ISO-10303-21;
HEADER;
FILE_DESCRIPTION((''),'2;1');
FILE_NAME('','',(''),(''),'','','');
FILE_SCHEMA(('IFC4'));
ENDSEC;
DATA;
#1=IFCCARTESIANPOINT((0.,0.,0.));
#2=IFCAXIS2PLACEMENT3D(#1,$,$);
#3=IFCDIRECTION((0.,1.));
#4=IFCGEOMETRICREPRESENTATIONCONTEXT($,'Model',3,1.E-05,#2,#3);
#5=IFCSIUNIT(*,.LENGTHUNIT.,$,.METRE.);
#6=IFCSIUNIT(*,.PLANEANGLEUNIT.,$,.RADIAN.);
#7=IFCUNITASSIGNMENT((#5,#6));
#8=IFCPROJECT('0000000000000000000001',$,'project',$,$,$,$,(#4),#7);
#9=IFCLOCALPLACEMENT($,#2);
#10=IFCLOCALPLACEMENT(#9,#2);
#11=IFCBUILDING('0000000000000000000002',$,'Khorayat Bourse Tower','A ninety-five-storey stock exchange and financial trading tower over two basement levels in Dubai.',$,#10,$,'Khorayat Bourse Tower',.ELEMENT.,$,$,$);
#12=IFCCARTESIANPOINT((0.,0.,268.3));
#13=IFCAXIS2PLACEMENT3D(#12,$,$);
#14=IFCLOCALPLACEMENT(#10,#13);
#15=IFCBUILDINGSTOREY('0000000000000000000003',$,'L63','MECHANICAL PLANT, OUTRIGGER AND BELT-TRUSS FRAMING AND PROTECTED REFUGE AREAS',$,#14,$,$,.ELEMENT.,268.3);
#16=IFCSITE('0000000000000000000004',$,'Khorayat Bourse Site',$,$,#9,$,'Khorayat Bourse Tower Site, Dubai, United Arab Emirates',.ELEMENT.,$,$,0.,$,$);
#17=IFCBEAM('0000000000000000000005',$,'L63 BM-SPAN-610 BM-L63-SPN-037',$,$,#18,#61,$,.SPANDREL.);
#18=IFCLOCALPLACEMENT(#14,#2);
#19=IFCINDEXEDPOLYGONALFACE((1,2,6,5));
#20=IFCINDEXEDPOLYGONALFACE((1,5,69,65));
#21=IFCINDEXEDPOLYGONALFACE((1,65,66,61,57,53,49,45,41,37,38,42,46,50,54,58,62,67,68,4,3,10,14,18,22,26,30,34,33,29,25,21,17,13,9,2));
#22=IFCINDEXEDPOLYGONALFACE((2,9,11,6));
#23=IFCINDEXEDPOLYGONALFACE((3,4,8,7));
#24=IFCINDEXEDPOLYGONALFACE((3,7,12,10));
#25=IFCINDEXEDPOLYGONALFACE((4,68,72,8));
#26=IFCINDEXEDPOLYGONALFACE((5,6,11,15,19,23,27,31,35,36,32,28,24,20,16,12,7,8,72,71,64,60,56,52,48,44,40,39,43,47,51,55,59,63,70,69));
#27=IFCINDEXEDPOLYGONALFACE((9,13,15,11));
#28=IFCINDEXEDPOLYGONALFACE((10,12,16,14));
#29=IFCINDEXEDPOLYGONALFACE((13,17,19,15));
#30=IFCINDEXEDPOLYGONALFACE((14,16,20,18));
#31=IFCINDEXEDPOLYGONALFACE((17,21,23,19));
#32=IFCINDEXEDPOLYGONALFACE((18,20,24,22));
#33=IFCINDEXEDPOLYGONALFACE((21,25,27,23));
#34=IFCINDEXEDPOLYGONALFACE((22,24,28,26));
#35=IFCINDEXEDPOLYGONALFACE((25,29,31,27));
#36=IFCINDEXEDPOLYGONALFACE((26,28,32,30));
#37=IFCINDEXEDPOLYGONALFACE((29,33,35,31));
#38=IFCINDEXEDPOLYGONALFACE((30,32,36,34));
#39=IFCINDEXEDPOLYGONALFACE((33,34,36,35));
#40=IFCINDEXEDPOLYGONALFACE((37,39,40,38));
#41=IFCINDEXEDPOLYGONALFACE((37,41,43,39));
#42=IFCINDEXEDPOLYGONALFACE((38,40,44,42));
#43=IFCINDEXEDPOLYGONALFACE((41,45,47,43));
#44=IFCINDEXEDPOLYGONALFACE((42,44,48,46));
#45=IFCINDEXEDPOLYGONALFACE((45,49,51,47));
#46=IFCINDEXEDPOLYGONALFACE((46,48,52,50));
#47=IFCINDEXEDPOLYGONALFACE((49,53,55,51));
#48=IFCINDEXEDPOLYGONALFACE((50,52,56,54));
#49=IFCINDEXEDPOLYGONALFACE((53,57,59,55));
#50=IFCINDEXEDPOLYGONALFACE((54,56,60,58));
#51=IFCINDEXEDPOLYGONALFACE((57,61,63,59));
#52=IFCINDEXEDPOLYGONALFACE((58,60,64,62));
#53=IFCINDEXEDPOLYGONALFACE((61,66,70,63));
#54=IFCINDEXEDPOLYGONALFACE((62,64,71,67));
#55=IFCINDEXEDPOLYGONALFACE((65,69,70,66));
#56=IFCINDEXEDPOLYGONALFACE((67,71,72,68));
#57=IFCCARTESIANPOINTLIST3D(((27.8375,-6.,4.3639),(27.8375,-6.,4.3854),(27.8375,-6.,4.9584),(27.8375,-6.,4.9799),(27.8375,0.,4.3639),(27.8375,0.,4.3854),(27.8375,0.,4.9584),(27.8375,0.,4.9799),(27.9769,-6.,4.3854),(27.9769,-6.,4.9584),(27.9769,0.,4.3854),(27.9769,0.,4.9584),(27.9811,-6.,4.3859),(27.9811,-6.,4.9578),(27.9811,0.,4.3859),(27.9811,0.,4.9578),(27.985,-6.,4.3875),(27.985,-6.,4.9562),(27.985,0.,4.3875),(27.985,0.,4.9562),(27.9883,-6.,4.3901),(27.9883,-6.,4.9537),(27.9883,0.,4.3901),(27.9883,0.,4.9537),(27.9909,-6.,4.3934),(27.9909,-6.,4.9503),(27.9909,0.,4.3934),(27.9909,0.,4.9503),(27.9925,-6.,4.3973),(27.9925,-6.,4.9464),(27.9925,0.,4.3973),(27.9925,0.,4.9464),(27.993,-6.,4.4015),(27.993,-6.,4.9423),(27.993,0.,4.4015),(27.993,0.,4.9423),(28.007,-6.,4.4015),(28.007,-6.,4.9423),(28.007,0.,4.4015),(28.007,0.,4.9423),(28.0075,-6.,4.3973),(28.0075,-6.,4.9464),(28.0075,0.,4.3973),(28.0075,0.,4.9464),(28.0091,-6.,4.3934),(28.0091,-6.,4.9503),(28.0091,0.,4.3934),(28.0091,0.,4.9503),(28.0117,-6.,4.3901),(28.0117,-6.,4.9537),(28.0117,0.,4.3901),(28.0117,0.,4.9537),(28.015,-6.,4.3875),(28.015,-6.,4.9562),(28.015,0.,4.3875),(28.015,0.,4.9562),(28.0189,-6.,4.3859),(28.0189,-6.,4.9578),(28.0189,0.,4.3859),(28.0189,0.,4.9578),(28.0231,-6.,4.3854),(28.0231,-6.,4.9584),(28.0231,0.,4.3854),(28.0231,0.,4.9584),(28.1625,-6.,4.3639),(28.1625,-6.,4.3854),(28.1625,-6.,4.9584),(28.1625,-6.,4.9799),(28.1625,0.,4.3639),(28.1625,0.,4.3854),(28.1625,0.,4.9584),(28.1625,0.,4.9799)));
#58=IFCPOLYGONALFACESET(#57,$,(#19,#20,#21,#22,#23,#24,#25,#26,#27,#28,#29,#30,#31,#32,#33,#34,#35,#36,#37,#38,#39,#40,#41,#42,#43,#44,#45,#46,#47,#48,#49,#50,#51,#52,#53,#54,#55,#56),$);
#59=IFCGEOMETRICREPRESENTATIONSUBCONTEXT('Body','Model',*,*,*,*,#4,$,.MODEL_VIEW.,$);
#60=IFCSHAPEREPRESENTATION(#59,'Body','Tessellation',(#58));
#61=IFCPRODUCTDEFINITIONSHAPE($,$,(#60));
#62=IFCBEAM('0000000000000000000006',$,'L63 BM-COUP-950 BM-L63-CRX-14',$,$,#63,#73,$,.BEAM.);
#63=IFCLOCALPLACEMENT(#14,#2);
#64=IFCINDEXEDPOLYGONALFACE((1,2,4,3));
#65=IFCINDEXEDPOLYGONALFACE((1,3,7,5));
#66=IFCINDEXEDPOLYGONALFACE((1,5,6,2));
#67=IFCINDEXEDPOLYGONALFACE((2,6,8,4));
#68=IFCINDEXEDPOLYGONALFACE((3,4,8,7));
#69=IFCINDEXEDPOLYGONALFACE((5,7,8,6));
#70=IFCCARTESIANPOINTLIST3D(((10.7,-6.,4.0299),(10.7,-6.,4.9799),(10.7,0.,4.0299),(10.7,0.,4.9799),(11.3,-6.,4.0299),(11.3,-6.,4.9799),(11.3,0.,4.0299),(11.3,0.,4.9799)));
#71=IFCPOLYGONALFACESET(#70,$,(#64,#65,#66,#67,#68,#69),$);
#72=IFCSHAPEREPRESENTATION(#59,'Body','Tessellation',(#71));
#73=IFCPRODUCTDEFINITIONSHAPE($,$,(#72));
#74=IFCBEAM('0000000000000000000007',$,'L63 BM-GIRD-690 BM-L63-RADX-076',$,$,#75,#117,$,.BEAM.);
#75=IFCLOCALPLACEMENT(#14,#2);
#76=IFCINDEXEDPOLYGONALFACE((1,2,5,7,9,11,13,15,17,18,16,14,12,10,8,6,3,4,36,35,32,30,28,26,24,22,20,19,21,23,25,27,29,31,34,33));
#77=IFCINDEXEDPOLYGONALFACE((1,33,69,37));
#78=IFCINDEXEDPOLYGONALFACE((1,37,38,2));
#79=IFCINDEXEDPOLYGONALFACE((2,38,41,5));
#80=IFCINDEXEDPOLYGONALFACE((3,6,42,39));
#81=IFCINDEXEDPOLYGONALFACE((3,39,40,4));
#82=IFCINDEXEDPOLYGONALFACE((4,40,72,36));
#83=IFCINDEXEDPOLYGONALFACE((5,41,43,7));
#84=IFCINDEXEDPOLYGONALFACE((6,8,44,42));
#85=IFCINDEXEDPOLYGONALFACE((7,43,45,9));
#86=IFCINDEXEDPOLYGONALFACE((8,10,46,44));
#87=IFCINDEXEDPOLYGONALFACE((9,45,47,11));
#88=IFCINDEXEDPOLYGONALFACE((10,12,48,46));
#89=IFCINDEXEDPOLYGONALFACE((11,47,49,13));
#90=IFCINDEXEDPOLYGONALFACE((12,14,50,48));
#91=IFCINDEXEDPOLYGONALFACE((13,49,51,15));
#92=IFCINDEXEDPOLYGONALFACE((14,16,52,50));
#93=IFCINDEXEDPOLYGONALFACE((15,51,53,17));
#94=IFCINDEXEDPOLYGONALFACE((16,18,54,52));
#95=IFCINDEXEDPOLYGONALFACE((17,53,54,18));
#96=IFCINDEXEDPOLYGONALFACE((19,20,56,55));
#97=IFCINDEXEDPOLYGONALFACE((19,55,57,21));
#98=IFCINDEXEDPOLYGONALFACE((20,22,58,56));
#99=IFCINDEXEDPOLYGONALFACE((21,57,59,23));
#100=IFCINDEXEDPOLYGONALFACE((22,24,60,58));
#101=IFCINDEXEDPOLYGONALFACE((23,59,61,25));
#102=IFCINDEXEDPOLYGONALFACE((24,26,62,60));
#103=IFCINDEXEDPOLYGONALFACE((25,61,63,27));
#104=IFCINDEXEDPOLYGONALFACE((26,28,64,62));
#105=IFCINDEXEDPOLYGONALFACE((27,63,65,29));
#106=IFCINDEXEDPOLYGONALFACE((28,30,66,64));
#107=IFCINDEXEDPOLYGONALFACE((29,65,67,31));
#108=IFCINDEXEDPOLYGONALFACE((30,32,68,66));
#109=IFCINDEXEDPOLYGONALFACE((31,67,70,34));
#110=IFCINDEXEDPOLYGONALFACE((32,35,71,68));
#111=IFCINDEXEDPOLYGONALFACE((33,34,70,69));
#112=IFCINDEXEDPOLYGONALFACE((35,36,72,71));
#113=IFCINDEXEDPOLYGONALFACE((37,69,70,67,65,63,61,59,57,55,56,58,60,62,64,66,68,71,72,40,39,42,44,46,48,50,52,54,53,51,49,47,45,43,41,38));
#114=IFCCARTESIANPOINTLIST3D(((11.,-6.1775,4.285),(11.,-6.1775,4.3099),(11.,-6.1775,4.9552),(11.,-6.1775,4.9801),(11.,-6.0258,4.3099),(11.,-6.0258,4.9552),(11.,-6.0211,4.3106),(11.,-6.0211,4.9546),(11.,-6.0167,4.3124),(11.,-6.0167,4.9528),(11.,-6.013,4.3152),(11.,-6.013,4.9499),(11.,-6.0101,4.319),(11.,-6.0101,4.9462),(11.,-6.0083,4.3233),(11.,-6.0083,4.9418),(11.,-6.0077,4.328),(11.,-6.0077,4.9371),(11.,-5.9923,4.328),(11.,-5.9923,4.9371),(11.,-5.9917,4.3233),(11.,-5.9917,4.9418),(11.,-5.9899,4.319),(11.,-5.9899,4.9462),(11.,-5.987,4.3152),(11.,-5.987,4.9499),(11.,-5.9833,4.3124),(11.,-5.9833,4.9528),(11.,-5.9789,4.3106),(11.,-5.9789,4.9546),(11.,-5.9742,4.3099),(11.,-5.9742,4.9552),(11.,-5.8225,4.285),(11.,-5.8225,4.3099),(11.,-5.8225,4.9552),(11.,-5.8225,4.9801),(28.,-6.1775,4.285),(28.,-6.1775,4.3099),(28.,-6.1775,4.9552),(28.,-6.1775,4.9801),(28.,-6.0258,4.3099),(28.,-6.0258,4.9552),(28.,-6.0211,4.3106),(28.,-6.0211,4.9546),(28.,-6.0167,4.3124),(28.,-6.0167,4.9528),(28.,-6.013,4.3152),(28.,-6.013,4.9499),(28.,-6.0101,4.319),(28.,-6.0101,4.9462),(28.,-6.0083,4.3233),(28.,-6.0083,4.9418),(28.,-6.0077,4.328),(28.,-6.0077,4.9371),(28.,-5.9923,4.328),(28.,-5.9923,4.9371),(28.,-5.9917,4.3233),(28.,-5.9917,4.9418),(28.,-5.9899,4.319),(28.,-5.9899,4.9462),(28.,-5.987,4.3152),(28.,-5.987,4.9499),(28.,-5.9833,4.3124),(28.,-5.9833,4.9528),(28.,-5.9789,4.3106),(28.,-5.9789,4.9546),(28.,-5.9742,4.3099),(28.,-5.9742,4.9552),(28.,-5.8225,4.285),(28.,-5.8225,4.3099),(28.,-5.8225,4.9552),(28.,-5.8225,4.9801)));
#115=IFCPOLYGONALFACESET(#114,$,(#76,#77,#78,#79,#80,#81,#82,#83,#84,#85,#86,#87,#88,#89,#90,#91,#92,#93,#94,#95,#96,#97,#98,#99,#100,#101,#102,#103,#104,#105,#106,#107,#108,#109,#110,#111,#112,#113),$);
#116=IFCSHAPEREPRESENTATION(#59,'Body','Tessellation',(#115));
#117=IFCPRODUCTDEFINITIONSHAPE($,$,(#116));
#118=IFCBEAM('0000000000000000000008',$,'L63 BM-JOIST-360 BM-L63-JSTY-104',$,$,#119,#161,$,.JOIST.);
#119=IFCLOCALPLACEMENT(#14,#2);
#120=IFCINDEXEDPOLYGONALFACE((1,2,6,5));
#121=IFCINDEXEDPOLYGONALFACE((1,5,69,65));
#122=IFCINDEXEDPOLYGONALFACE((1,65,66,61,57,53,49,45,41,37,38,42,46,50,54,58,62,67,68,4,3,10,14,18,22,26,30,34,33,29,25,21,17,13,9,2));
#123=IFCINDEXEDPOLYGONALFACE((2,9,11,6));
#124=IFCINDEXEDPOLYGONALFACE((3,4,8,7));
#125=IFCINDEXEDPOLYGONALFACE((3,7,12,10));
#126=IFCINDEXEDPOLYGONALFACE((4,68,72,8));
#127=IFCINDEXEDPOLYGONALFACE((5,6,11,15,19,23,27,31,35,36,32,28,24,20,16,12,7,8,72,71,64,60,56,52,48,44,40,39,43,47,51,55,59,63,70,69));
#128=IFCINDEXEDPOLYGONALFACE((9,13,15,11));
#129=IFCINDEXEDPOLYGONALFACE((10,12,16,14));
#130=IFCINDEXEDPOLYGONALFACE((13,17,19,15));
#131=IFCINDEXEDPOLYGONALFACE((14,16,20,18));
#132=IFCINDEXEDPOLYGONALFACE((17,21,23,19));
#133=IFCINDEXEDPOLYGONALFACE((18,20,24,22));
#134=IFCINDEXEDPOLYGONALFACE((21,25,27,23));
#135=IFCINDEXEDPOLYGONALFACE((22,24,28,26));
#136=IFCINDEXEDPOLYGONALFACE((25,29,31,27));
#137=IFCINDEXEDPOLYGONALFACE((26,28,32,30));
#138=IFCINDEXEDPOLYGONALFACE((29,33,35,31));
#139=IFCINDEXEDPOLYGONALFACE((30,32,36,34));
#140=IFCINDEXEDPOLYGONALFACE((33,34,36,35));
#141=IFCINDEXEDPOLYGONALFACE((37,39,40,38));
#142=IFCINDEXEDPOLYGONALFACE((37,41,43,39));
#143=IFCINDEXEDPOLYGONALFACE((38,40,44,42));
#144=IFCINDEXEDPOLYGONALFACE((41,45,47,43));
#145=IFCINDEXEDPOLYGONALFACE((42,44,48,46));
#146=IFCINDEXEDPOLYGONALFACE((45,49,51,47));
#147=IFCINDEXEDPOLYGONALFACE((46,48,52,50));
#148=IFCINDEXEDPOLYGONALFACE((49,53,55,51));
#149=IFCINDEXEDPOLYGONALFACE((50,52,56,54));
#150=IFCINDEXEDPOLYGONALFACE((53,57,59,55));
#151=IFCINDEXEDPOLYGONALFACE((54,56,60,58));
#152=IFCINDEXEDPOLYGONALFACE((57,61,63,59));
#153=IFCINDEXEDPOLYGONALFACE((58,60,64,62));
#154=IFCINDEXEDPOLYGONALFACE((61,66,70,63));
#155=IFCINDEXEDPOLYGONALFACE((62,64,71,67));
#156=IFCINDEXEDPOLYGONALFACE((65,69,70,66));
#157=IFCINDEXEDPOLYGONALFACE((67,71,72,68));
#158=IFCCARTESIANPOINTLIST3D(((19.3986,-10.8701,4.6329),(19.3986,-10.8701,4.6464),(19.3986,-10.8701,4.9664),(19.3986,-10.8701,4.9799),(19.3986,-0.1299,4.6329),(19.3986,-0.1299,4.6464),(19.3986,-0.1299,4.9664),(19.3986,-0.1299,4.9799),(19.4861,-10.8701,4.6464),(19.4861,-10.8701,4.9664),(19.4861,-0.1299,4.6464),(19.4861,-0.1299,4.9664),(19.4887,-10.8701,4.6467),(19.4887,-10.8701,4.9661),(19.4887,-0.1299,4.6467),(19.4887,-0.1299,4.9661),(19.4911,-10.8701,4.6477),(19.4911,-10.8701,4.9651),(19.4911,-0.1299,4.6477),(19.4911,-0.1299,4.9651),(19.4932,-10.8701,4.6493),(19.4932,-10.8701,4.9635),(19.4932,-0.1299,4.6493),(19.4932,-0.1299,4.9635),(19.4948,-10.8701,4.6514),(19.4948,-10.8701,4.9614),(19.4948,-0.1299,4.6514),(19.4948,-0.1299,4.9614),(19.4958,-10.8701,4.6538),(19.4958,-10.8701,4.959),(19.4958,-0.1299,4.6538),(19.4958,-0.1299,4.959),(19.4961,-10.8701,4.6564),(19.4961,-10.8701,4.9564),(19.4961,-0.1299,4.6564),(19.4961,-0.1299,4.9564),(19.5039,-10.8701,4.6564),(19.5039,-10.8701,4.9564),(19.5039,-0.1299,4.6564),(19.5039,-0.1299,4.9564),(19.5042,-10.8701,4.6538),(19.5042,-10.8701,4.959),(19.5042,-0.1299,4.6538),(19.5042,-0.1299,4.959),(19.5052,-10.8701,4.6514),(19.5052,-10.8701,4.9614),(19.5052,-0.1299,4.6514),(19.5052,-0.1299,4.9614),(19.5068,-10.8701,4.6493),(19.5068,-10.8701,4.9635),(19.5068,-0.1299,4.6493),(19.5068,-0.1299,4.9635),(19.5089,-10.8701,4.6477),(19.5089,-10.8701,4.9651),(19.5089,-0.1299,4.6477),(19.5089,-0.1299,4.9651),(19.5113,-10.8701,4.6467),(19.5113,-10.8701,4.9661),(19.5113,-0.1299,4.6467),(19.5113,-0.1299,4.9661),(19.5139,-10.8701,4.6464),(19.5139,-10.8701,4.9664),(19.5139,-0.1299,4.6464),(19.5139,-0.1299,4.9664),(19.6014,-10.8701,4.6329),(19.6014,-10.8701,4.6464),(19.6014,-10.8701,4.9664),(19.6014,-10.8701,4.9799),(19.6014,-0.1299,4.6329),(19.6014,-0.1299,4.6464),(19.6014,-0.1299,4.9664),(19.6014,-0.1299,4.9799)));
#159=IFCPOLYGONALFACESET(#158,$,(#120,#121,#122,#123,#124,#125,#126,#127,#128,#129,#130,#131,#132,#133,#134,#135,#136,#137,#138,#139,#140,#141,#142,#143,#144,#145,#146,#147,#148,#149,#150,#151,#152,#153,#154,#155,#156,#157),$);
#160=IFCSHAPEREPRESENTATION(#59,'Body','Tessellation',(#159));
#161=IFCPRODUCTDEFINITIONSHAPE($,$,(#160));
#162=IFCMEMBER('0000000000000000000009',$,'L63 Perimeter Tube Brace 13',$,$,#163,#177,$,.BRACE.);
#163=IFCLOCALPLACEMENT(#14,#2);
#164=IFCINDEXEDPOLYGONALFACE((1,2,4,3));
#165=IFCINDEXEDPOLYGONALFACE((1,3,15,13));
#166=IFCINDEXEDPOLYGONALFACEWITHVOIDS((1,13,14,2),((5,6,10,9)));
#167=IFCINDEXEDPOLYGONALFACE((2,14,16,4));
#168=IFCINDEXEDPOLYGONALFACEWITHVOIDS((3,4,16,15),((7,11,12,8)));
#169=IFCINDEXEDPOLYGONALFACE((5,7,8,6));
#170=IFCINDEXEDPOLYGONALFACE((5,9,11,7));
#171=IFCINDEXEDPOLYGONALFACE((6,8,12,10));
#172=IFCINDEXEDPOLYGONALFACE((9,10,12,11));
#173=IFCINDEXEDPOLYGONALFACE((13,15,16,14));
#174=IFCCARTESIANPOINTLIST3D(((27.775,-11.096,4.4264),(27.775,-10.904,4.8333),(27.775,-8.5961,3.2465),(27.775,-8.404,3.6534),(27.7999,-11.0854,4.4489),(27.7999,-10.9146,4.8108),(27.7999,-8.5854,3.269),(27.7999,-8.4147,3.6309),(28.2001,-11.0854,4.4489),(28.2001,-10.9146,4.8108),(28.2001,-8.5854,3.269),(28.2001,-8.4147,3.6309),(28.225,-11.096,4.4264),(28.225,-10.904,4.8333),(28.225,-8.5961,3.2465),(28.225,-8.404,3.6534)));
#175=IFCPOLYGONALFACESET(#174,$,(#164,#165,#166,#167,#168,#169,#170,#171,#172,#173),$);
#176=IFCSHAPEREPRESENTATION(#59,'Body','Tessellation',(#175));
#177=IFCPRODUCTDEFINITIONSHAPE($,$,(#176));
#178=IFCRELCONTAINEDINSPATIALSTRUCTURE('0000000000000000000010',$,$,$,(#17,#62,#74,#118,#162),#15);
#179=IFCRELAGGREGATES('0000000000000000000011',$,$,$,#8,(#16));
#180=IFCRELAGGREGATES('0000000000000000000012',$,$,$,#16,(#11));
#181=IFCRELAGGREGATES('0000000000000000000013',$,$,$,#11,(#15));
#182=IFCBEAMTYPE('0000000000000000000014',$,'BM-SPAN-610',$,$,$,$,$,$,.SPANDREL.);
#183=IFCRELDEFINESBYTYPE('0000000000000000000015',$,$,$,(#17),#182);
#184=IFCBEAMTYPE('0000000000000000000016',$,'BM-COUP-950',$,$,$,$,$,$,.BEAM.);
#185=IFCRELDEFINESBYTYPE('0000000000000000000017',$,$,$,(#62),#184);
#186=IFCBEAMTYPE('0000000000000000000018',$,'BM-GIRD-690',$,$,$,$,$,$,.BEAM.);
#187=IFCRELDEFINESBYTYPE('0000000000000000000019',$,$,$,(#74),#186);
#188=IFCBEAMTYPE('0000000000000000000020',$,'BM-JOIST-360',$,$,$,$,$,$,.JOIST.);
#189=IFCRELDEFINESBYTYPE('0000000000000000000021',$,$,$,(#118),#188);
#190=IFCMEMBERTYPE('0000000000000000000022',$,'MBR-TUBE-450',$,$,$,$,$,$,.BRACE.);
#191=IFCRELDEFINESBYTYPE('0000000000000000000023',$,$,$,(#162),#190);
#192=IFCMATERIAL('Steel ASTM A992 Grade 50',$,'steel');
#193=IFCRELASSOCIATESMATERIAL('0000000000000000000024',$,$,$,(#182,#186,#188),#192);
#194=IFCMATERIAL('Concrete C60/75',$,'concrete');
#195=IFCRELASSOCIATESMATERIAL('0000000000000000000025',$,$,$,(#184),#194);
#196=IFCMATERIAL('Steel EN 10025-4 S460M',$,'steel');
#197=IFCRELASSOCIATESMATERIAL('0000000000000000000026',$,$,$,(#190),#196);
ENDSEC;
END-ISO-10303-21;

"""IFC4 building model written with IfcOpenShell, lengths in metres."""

from ifc_helpers import new_model, si_unit, direction, frame, origin, origin_2d, place, context, subcontext, project, spatial, rectangle, hollow_rectangle, i_section, extrude, source, transform, mapped, material, material_profile, profile_set, type_object, element, save


model = new_model("IFC4")

# Units and contexts
model_context = context("Model", 3, precision=1e-05, world=origin(), true_north=direction((0.0, 1.0)))
body_context = subcontext(model_context, "Body", "Model", "MODEL_VIEW")
ifc_project = project(units=[si_unit("LENGTHUNIT", "METRE"), si_unit("PLANEANGLEUNIT", "RADIAN")], contexts=[model_context])

# Site, building, storey
site_placement = place(None, origin())
site = spatial("IfcSite", under=ifc_project, at=site_placement, Name="Khorayat Bourse Site", LongName="Khorayat Bourse Tower Site, Dubai, United Arab Emirates", CompositionType="ELEMENT", RefElevation=0.0)
building_placement = place(site_placement, origin())
building = spatial("IfcBuilding", under=site, at=building_placement, Name="Khorayat Bourse Tower", Description="A ninety-five-storey stock exchange and financial trading tower over two basement levels in Dubai.", LongName="Khorayat Bourse Tower", CompositionType="ELEMENT")
storey_placement = place(building_placement, frame((0.0, 0.0, 268.3)))
storey = spatial("IfcBuildingStorey", under=building, at=storey_placement, Name="L63", Description="MECHANICAL PLANT, OUTRIGGER AND BELT-TRUSS FRAMING AND PROTECTED REFUGE AREAS", CompositionType="ELEMENT", Elevation=268.3)

# Shared definitions
ifc_material_1 = material(Name="Steel EN 10025-4 S460M", Category="steel")

# Beams
ifc_material_2 = material(Name="Steel ASTM A992 Grade 50", Category="steel")
ifc_material_profile_1 = material_profile(ifc_material_2, i_section(OverallWidth=0.325, OverallDepth=0.616, WebThickness=0.0139, FlangeThickness=0.0215, FilletRadius=0.0161, at=origin_2d()), Name="W610X174")
ifc_profile_set_1 = profile_set([ifc_material_profile_1], Name="Steel ASTM A992 Grade 50")
beam_type_1 = type_object("IfcBeamType", Name="BM-SPAN-610", PredefinedType="SPANDREL", material=ifc_profile_set_1)
shared_shape_1 = source(origin(), body_context, "Body", "SweptSolid", [
    extrude(i_section(OverallWidth=0.325, OverallDepth=0.616, WebThickness=0.0139, FlangeThickness=0.0215, FilletRadius=0.0161, at=origin_2d()), origin(), (0.0, 0.0, 1.0), 6.0),
])
beam_1_placement = place(storey_placement, frame((28.0, -6.0, 4.6719), z_axis=(0.0, 1.0, 0.0), x_axis=(-1.0, 0.0, 0.0)))
element("IfcBeam", 1, at=beam_1_placement, inside=storey, type_object=beam_type_1, Name="L63 BM-SPAN-610 BM-L63-SPN-037", PredefinedType="SPANDREL", context=body_context, shape_type="MappedRepresentation", body=[
    mapped(shared_shape_1, transform((0.0, 0.0, 0.0), scale=1.0)),
])
ifc_material_3 = material(Name="Concrete C60/75", Category="concrete")
ifc_material_profile_2 = material_profile(ifc_material_3, rectangle(XDim=0.6001, YDim=0.95, at=origin_2d()), Name="RC 600x950")
ifc_profile_set_2 = profile_set([ifc_material_profile_2], Name="Concrete C60/75")
beam_type_2 = type_object("IfcBeamType", Name="BM-COUP-950", PredefinedType="BEAM", material=ifc_profile_set_2)
shared_shape_2 = source(origin(), body_context, "Body", "SweptSolid", [
    extrude(rectangle(XDim=0.6001, YDim=0.95, at=origin_2d()), origin(), (0.0, 0.0, 1.0), 6.0),
])
beam_2_placement = place(storey_placement, frame((11.0, -6.0, 4.5049), z_axis=(0.0, 1.0, 0.0), x_axis=(-1.0, 0.0, 0.0)))
element("IfcBeam", 2, at=beam_2_placement, inside=storey, type_object=beam_type_2, Name="L63 BM-COUP-950 BM-L63-CRX-14", PredefinedType="BEAM", context=body_context, shape_type="MappedRepresentation", body=[
    mapped(shared_shape_2, transform((0.0, 0.0, 0.0), scale=1.0)),
])
ifc_material_profile_3 = material_profile(ifc_material_2, i_section(OverallWidth=0.355, OverallDepth=0.6951, WebThickness=0.0154, FlangeThickness=0.0249, FilletRadius=0.0181, at=origin_2d()), Name="W690X217")
ifc_profile_set_3 = profile_set([ifc_material_profile_3], Name="Steel ASTM A992 Grade 50")
beam_type_3 = type_object("IfcBeamType", Name="BM-GIRD-690", PredefinedType="BEAM", material=ifc_profile_set_3)
shared_shape_3 = source(origin(), body_context, "Body", "SweptSolid", [
    extrude(i_section(OverallWidth=0.355, OverallDepth=0.6951, WebThickness=0.0154, FlangeThickness=0.0249, FilletRadius=0.0181, at=origin_2d()), origin(), (0.0, 0.0, 1.0), 17.0),
])
beam_3_placement = place(storey_placement, frame((11.0, -6.0, 4.6326), z_axis=(1.0, 0.0, 0.0), x_axis=(0.0, 1.0, 0.0)))
element("IfcBeam", 3, at=beam_3_placement, inside=storey, type_object=beam_type_3, Name="L63 BM-GIRD-690 BM-L63-RADX-076", PredefinedType="BEAM", context=body_context, shape_type="MappedRepresentation", body=[
    mapped(shared_shape_3, transform((0.0, 0.0, 0.0), scale=1.0)),
])
ifc_material_profile_4 = material_profile(ifc_material_2, i_section(OverallWidth=0.2029, OverallDepth=0.3469, WebThickness=0.0078, FlangeThickness=0.0134, FilletRadius=0.01, at=origin_2d()), Name="W360X64")
ifc_profile_set_4 = profile_set([ifc_material_profile_4], Name="Steel ASTM A992 Grade 50")
beam_type_4 = type_object("IfcBeamType", Name="BM-JOIST-360", PredefinedType="JOIST", material=ifc_profile_set_4)
shared_shape_4 = source(origin(), body_context, "Body", "SweptSolid", [
    extrude(i_section(OverallWidth=0.2029, OverallDepth=0.3469, WebThickness=0.0078, FlangeThickness=0.0134, FilletRadius=0.01, at=origin_2d()), origin(), (0.0, 0.0, 1.0), 10.7402),
])
beam_4_placement = place(storey_placement, frame((19.5, -10.8701, 4.8064), z_axis=(0.0, 1.0, 0.0), x_axis=(-1.0, 0.0, 0.0)))
element("IfcBeam", 4, at=beam_4_placement, inside=storey, type_object=beam_type_4, Name="L63 BM-JOIST-360 BM-L63-JSTY-104", PredefinedType="JOIST", context=body_context, shape_type="MappedRepresentation", body=[
    mapped(shared_shape_4, transform((0.0, 0.0, 0.0), scale=1.0)),
])

# Member
ifc_material_profile_5 = material_profile(ifc_material_1, hollow_rectangle(XDim=0.45, YDim=0.45, WallThickness=0.0249, at=origin_2d()), Name="HSS 450x450x25")
ifc_profile_set_5 = profile_set([ifc_material_profile_5], Name="Steel EN 10025-4 S460M")
member_type_1 = type_object("IfcMemberType", Name="MBR-TUBE-450", PredefinedType="BRACE", material=ifc_profile_set_5)
shared_shape_5 = source(origin(), body_context, "Body", "SweptSolid", [
    extrude(hollow_rectangle(XDim=0.45, YDim=0.45, WallThickness=0.0249, at=origin_2d()), origin(), (0.0, 0.0, 1.0), 2.7644),
])
member_1_placement = place(storey_placement, frame((28.0, -11.0, 4.6299), z_axis=(0.0, 0.904336, -0.426822), x_axis=(-1.0, 0.0, 0.0)))
element("IfcMember", 5, at=member_1_placement, inside=storey, type_object=member_type_1, Name="L63 Perimeter Tube Brace 13", PredefinedType="BRACE", context=body_context, shape_type="MappedRepresentation", body=[
    mapped(shared_shape_5, transform((0.0, 0.0, 0.0), scale=1.0)),
])

save(model, "model.ifc")
